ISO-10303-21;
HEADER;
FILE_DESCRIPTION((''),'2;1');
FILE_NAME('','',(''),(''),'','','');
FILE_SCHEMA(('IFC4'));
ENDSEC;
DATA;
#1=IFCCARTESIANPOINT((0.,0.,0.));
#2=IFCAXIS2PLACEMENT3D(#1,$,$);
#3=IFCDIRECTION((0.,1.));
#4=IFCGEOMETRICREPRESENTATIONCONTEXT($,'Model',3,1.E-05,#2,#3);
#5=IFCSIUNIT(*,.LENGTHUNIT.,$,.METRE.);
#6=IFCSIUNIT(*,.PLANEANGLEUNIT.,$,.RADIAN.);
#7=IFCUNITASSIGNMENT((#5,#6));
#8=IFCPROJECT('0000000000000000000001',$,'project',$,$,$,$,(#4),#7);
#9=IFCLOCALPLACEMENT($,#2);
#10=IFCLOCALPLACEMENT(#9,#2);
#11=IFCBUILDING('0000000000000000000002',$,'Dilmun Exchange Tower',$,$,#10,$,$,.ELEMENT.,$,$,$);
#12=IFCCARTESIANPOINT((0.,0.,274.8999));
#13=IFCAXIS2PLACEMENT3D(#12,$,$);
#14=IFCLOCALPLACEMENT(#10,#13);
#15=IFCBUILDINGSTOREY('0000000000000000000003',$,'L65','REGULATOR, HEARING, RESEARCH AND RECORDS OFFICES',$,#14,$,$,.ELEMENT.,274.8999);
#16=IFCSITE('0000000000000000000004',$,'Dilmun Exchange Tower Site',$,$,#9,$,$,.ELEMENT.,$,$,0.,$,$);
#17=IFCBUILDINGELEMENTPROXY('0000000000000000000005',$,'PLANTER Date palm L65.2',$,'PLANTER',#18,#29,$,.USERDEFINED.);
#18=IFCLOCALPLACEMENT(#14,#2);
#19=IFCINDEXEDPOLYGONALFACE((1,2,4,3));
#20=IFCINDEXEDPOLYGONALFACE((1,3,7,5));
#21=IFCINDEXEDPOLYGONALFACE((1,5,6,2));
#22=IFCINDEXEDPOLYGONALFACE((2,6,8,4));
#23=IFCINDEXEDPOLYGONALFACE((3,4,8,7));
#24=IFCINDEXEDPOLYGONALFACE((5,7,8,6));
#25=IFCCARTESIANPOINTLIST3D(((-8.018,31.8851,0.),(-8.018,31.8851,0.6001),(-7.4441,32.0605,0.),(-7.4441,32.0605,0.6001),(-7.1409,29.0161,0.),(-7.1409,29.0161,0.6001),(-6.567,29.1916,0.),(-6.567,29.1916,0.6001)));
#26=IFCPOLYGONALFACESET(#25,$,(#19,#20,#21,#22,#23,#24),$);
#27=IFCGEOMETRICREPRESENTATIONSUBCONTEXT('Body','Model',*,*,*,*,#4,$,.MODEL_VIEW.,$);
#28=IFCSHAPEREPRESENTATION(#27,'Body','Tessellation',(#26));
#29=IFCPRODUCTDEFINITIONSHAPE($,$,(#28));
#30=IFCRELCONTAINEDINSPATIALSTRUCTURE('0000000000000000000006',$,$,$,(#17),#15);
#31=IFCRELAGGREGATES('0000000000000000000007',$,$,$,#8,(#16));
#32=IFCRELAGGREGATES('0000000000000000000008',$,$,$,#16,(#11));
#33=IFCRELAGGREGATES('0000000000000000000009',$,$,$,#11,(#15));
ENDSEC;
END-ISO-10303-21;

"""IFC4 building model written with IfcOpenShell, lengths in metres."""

from ifc_helpers import new_model, si_unit, direction, frame, origin, origin_2d, place, context, subcontext, project, spatial, rectangle, extrude, element, save


model = new_model("IFC4")

# Units and contexts
model_context = context("Model", 3, precision=1e-05, world=origin(), true_north=direction((0.0, 1.0)))
body_context = subcontext(model_context, "Body", "Model", "MODEL_VIEW")
ifc_project = project(units=[si_unit("LENGTHUNIT", "METRE"), si_unit("PLANEANGLEUNIT", "RADIAN")], contexts=[model_context])

# Site, building, storey
site_placement = place(None, origin())
site = spatial("IfcSite", under=ifc_project, at=site_placement, Name="Dilmun Exchange Tower Site", CompositionType="ELEMENT", RefElevation=0.0)
building_placement = place(site_placement, origin())
building = spatial("IfcBuilding", under=site, at=building_placement, Name="Dilmun Exchange Tower", CompositionType="ELEMENT")
storey_placement = place(building_placement, frame((0.0, 0.0, 274.8999)))
storey = spatial("IfcBuildingStorey", under=building, at=storey_placement, Name="L65", Description="REGULATOR, HEARING, RESEARCH AND RECORDS OFFICES", CompositionType="ELEMENT", Elevation=274.8999)

# Building element proxy
for number, where, z_axis, x_axis, name in (
    (1, (-7.2925, 30.5383, 0.0), (0.0, 0.0, 1.0), (-0.292372, 0.956305, 0.0), "PLANTER Date palm L65.2"),
):
    element("IfcBuildingElementProxy", number, at=place(storey_placement, frame(where, z_axis=z_axis, x_axis=x_axis)), inside=storey, Name=name, ObjectType="PLANTER", PredefinedType="USERDEFINED", context=body_context, shape_type="SweptSolid", body=[
        extrude(rectangle(XDim=3.0, YDim=0.6001, at=origin_2d()), origin(), (0.0, 0.0, 1.0), 0.6001),
    ])

save(model, "model.ifc")
